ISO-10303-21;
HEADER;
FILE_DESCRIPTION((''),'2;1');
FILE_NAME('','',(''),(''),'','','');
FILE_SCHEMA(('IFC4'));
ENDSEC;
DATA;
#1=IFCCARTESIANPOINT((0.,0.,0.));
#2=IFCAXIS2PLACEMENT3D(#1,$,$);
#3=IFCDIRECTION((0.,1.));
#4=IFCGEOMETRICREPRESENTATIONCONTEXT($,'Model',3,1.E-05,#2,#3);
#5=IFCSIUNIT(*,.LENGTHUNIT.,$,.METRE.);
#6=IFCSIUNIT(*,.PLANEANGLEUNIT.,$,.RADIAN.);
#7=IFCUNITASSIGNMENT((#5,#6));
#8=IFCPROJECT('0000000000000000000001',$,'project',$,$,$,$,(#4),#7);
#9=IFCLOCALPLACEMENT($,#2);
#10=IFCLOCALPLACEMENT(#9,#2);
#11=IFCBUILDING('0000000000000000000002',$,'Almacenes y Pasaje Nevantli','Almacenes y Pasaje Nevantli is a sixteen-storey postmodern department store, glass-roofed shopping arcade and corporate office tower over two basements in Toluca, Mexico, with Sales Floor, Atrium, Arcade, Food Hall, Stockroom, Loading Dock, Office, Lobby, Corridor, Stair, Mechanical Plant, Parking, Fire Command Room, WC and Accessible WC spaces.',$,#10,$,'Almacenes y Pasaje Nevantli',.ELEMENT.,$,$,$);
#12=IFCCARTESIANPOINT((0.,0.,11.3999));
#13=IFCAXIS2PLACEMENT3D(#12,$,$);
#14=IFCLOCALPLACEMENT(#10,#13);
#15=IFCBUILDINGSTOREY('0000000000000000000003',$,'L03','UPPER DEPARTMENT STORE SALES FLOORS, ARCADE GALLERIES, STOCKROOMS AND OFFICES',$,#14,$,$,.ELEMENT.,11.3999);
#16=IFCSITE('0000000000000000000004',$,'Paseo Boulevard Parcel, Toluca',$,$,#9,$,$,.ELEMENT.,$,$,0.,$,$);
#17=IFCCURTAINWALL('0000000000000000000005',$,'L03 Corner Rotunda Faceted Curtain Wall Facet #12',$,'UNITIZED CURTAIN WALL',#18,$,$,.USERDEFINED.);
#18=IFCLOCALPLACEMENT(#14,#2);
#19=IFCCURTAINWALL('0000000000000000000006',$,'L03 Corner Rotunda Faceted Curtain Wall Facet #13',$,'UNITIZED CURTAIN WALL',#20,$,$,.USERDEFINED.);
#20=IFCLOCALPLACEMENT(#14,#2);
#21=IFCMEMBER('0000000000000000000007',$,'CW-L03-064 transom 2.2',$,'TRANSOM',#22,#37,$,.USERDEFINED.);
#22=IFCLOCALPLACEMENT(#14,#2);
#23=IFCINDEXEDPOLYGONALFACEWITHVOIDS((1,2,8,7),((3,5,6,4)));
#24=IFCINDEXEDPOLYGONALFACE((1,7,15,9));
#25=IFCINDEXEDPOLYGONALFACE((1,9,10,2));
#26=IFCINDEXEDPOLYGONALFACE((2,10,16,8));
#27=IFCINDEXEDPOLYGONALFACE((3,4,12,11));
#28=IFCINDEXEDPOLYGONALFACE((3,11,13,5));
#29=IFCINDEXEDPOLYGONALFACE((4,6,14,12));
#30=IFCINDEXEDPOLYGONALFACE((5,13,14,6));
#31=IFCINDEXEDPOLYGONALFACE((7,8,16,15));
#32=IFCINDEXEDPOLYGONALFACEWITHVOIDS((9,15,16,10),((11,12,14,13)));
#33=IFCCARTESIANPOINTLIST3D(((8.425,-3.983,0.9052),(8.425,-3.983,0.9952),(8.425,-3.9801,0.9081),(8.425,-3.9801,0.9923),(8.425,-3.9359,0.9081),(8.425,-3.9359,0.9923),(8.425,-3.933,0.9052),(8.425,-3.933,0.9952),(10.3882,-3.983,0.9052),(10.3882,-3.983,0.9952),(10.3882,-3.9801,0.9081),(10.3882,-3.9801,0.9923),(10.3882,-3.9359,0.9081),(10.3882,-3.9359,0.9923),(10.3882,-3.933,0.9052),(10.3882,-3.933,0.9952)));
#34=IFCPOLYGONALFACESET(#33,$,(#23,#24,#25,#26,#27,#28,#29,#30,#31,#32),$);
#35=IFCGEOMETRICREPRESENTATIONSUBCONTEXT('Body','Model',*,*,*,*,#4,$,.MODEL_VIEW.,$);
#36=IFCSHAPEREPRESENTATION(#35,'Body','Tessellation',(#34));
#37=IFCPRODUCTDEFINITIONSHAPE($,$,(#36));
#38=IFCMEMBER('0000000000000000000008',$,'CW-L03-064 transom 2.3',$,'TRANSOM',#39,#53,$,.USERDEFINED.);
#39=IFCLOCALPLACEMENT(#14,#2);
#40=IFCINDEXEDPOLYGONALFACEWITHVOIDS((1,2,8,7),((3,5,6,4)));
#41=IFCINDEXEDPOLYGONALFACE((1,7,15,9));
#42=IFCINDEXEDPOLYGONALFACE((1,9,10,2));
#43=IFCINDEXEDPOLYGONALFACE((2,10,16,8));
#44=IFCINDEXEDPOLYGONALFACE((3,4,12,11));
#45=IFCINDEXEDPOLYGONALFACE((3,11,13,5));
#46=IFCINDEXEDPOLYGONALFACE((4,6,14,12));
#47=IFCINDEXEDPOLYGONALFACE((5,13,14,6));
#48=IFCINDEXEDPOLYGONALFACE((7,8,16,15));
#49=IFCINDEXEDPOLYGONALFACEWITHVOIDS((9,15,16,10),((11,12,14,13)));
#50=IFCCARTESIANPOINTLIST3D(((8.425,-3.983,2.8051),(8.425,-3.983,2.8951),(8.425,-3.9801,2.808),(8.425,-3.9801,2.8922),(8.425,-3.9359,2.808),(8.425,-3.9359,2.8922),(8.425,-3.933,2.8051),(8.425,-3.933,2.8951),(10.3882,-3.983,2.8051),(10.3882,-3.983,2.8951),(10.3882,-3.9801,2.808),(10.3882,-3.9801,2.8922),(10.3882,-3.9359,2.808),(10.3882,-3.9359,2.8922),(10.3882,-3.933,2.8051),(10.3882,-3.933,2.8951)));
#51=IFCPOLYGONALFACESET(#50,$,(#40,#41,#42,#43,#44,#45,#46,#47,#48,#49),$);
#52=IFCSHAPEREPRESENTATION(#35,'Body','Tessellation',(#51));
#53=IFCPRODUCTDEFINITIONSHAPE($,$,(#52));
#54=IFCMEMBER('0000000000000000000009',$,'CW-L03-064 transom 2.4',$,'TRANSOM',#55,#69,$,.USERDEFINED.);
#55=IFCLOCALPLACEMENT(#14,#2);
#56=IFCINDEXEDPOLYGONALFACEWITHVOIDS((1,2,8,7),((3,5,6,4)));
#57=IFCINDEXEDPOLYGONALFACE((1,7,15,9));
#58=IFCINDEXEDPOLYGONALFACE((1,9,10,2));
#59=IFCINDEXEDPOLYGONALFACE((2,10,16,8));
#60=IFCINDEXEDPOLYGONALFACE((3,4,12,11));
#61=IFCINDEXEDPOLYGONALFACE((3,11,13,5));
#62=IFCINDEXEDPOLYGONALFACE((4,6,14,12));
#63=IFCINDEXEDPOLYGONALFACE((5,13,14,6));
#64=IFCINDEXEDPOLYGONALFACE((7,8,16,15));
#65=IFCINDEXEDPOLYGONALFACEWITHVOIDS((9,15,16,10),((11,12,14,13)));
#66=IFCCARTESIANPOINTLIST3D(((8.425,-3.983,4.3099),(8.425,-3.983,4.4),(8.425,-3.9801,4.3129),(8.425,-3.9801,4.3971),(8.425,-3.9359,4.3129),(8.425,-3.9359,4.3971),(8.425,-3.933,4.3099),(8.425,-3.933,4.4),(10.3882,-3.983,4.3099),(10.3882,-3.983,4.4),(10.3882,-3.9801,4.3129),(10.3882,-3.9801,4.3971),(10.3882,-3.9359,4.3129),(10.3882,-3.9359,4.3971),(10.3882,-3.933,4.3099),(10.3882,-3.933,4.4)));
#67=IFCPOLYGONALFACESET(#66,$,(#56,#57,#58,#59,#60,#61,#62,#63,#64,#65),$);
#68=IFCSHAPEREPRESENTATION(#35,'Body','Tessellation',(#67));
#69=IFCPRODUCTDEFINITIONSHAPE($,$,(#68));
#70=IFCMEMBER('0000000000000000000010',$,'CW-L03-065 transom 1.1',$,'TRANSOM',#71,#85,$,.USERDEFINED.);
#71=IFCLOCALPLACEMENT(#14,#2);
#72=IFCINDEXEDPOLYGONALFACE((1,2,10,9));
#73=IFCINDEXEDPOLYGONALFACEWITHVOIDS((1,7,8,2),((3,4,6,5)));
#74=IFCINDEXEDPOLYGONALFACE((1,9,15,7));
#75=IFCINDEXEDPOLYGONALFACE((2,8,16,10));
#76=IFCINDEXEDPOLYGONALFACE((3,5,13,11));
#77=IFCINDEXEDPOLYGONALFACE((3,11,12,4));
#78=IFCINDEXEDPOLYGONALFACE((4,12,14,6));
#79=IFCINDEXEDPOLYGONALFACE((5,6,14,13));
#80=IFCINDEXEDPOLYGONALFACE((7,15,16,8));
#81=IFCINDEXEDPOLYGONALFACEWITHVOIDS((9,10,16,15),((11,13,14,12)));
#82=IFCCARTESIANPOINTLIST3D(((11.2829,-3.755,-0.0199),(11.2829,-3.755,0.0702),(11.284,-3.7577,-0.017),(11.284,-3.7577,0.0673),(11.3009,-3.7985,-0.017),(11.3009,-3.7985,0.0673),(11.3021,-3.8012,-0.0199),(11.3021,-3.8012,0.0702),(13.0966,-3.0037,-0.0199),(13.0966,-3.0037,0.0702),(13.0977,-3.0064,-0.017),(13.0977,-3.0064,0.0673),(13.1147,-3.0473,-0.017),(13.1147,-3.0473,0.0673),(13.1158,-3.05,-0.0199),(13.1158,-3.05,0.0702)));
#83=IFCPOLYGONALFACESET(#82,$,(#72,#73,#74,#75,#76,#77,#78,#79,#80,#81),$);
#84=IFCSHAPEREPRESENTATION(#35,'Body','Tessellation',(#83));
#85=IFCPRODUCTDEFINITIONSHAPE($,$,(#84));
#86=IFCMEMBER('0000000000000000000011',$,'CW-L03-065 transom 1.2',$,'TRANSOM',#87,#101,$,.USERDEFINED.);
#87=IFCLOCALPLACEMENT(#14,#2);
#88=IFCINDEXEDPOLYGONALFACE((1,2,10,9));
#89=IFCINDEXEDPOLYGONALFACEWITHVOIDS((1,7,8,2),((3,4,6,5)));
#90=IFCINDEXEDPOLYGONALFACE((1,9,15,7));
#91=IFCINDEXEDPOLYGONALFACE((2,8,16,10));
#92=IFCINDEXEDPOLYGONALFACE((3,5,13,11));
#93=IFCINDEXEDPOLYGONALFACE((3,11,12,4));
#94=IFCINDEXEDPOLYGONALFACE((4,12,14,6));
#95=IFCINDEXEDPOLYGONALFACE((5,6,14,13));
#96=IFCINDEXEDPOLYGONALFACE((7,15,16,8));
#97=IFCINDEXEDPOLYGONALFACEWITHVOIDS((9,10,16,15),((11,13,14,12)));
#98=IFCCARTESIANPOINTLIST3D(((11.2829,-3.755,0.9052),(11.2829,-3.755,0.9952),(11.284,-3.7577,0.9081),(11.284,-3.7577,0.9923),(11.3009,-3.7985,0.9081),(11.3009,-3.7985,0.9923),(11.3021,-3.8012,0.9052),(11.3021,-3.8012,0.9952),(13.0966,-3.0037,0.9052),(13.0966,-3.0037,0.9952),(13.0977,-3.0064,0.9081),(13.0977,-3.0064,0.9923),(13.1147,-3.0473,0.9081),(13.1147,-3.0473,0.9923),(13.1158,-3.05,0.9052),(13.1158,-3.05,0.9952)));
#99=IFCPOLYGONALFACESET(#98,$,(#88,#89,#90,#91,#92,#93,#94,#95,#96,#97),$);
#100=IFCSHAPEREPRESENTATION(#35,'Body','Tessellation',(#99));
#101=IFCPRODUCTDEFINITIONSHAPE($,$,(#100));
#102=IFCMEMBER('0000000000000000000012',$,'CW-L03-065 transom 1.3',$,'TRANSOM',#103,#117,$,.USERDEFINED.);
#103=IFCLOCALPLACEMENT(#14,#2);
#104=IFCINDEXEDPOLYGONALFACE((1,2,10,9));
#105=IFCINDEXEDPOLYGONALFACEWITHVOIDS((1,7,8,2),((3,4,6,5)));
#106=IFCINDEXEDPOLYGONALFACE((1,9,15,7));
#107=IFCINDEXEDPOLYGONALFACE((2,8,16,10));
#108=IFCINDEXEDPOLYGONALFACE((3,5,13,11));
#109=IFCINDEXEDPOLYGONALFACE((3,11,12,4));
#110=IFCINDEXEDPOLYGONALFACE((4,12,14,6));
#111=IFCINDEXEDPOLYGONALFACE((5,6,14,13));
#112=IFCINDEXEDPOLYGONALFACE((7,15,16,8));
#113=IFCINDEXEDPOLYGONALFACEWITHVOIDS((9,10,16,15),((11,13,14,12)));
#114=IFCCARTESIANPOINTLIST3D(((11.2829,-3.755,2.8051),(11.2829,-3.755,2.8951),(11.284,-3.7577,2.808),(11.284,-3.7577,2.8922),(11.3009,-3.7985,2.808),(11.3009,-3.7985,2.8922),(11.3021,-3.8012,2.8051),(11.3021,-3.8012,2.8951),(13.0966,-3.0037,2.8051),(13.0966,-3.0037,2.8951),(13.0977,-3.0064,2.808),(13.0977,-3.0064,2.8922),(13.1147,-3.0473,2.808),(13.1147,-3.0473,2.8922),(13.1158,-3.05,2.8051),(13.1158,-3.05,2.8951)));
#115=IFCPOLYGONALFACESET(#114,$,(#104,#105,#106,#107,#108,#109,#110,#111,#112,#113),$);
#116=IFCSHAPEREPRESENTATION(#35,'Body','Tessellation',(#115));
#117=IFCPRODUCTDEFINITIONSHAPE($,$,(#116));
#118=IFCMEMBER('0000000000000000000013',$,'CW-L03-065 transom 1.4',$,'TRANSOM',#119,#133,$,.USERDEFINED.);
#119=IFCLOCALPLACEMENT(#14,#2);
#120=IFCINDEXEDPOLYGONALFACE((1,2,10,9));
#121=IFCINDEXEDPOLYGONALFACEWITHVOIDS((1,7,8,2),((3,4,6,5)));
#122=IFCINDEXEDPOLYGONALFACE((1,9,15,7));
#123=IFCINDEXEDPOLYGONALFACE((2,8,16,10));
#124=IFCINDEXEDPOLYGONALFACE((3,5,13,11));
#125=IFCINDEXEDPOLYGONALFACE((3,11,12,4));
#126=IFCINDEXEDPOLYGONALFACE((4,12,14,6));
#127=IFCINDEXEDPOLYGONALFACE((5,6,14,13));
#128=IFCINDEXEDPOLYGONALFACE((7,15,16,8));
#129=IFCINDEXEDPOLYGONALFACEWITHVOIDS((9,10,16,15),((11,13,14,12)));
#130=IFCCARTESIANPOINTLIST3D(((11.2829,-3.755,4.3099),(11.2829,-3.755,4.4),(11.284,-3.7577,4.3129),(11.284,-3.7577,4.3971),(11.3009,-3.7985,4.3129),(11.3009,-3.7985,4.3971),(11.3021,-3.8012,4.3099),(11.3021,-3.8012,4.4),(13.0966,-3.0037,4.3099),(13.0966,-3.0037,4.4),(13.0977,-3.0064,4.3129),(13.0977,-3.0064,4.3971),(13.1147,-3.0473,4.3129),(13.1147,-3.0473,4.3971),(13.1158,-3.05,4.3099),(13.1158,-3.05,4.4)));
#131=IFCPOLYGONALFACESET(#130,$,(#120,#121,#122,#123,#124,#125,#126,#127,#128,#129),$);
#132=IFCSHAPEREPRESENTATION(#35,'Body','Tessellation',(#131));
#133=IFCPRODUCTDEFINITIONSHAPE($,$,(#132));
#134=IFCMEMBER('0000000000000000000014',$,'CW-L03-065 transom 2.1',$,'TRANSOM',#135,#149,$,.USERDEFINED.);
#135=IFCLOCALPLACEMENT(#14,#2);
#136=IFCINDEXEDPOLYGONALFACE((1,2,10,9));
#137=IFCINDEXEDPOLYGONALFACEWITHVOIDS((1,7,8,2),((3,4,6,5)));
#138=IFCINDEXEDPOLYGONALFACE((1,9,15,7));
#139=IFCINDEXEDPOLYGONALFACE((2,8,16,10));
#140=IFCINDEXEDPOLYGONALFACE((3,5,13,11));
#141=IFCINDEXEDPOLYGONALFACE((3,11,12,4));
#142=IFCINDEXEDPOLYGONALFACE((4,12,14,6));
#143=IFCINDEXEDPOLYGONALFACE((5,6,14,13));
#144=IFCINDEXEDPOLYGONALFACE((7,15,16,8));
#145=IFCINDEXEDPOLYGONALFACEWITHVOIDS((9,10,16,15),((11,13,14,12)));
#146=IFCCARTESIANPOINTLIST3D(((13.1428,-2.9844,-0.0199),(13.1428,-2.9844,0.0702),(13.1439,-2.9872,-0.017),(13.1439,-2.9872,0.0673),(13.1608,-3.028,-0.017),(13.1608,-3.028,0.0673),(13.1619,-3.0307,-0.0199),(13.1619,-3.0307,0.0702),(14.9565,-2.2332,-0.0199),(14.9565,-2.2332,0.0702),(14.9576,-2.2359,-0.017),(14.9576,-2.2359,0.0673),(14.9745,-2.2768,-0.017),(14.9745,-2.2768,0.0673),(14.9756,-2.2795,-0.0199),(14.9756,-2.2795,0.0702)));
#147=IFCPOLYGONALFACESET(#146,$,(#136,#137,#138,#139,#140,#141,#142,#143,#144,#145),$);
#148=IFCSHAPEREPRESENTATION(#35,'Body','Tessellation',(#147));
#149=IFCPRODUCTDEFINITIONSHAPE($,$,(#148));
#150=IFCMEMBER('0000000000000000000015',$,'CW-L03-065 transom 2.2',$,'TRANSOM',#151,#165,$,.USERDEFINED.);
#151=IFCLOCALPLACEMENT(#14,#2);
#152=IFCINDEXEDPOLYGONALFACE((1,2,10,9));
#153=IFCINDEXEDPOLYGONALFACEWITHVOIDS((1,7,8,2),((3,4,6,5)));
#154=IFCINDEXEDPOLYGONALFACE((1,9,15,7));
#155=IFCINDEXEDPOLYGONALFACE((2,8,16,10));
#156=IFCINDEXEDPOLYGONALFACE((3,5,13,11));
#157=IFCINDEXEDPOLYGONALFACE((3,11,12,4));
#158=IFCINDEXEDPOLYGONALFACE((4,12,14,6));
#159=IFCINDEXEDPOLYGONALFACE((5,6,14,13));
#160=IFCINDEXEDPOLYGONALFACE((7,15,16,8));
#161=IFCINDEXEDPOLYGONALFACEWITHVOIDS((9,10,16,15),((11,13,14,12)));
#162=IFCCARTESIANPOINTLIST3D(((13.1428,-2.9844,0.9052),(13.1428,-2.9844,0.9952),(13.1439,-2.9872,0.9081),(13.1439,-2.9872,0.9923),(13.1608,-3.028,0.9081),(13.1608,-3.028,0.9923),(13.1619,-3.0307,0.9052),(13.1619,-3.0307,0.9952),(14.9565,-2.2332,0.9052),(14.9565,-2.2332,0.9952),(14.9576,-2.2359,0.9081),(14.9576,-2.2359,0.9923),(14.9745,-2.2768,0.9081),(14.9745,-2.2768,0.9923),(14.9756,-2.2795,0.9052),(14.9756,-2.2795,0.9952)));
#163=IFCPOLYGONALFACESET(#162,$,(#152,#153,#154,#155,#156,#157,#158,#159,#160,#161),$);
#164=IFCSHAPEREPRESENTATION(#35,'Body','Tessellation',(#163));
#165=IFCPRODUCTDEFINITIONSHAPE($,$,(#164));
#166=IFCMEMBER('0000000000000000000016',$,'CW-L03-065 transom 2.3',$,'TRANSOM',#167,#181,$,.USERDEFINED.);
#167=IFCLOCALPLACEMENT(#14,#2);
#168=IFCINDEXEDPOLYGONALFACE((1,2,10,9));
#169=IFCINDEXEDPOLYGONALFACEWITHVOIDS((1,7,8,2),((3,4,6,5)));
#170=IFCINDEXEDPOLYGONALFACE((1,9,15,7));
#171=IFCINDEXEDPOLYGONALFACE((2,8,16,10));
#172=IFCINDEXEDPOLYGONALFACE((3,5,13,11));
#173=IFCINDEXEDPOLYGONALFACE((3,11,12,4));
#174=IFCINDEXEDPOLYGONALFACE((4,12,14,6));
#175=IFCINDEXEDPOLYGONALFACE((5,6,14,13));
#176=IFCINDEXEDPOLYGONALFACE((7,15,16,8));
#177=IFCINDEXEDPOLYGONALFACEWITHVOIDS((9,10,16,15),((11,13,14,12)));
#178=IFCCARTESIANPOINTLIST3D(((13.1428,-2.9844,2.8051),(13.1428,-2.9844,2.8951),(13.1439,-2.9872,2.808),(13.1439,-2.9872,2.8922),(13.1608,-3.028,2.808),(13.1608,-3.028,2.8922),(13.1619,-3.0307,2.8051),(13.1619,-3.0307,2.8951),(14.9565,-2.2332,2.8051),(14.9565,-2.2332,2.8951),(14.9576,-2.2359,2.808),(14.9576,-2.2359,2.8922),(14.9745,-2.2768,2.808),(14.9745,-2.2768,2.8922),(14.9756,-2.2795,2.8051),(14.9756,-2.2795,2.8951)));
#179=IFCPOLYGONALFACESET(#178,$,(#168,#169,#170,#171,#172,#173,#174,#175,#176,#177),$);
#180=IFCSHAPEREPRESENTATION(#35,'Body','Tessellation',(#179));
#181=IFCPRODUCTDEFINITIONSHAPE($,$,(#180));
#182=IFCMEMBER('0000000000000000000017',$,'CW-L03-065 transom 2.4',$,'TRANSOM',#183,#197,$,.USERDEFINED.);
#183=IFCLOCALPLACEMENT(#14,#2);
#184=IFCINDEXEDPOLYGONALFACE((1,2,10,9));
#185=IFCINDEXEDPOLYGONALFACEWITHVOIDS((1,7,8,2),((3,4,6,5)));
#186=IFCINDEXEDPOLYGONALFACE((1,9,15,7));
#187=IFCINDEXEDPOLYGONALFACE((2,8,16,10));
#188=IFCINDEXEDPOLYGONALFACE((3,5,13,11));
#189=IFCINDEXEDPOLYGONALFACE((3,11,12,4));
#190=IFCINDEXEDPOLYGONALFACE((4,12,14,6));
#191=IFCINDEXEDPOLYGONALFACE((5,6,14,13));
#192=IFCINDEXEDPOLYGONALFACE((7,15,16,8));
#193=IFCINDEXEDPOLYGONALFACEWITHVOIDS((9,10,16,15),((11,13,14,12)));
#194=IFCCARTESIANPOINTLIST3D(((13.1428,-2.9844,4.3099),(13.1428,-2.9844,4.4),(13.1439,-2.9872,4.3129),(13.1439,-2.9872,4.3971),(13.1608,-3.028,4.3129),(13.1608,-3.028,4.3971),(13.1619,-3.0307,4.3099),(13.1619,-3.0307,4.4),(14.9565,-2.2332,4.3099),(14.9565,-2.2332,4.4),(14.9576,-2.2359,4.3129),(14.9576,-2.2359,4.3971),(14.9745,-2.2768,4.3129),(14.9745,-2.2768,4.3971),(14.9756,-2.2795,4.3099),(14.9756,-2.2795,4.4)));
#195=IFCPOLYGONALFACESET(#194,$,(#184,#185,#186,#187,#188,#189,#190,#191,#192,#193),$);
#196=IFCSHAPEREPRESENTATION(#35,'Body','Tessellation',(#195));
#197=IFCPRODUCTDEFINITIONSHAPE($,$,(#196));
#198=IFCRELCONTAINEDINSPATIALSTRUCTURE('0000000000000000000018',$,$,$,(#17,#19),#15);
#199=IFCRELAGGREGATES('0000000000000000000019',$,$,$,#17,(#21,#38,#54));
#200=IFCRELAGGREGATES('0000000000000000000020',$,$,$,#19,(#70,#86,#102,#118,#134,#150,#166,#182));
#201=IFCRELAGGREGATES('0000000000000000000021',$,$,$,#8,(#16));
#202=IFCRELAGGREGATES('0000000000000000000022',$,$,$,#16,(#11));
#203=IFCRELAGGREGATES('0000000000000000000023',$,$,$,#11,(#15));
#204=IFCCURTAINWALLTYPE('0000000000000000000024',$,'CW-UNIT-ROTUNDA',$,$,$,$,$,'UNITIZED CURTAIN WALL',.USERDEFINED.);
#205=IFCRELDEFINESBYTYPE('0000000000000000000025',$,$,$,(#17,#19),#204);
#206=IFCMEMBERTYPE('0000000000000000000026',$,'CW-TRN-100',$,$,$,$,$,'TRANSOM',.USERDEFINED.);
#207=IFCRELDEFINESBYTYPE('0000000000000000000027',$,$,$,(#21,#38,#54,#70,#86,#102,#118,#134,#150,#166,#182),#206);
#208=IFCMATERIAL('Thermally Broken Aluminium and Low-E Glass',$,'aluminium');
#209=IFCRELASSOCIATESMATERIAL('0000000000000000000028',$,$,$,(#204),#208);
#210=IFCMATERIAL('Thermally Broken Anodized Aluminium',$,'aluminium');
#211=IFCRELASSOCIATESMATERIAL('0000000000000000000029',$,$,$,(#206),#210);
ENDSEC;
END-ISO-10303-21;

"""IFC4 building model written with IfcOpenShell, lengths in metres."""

from ifc_helpers import new_model, si_unit, direction, frame, origin, origin_2d, place, context, subcontext, project, spatial, hollow_rectangle, extrude, material, material_profile, profile_set, type_object, element, aggregate, save


model = new_model("IFC4")

# Units and contexts
model_context = context("Model", 3, precision=1e-05, world=origin(), true_north=direction((0.0, 1.0)))
body_context = subcontext(model_context, "Body", "Model", "MODEL_VIEW")
ifc_project = project(units=[si_unit("LENGTHUNIT", "METRE"), si_unit("PLANEANGLEUNIT", "RADIAN")], contexts=[model_context])

# Site, building, storey
site_placement = place(None, origin())
site = spatial("IfcSite", under=ifc_project, at=site_placement, Name="Paseo Boulevard Parcel, Toluca", CompositionType="ELEMENT", RefElevation=0.0)
building_placement = place(site_placement, origin())
building = spatial("IfcBuilding", under=site, at=building_placement, Name="Almacenes y Pasaje Nevantli", Description="Almacenes y Pasaje Nevantli is a sixteen-storey postmodern department store, glass-roofed shopping arcade and corporate office tower over two basements in Toluca, Mexico, with Sales Floor, Atrium, Arcade, Food Hall, Stockroom, Loading Dock, Office, Lobby, Corridor, Stair, Mechanical Plant, Parking, Fire Command Room, WC and Accessible WC spaces.", LongName="Almacenes y Pasaje Nevantli", CompositionType="ELEMENT")
storey_placement = place(building_placement, frame((0.0, 0.0, 11.3999)))
storey = spatial("IfcBuildingStorey", under=building, at=storey_placement, Name="L03", Description="UPPER DEPARTMENT STORE SALES FLOORS, ARCADE GALLERIES, STOCKROOMS AND OFFICES", CompositionType="ELEMENT", Elevation=11.3999)

# Curtain wall
ifc_material_1 = material(Name="Thermally Broken Aluminium and Low-E Glass", Category="aluminium")
curtain_wall_type = type_object("IfcCurtainWallType", Name="CW-UNIT-ROTUNDA", ElementType="UNITIZED CURTAIN WALL", PredefinedType="USERDEFINED", material=ifc_material_1)
curtain_wall_1_placement = place(storey_placement, origin())
curtain_wall_1 = element("IfcCurtainWall", 1, at=curtain_wall_1_placement, inside=storey, type_object=curtain_wall_type, Name="L03 Corner Rotunda Faceted Curtain Wall Facet #12", ObjectType="UNITIZED CURTAIN WALL", PredefinedType="USERDEFINED")

# Curtain wall
curtain_wall_2_placement = place(storey_placement, origin())
curtain_wall_2 = element("IfcCurtainWall", 2, at=curtain_wall_2_placement, inside=storey, type_object=curtain_wall_type, Name="L03 Corner Rotunda Faceted Curtain Wall Facet #13", ObjectType="UNITIZED CURTAIN WALL", PredefinedType="USERDEFINED")

# Members
ifc_material_2 = material(Name="Thermally Broken Anodized Aluminium", Category="aluminium")
ifc_material_profile_1 = material_profile(ifc_material_2, hollow_rectangle(XDim=0.05, YDim=0.0901, WallThickness=0.0029, at=origin_2d()), Name="ALU-TRN-50x90")
ifc_profile_set_1 = profile_set([ifc_material_profile_1], Name="Thermally Broken Anodized Aluminium")
member_type_1 = type_object("IfcMemberType", Name="CW-TRN-100", ElementType="TRANSOM", PredefinedType="USERDEFINED", material=ifc_profile_set_1)
member_1_placement = place(storey_placement, frame((8.425, -3.958, 0.9502), z_axis=(1.0, 0.0, 0.0), x_axis=(0.0, 1.0, 0.0)))
member_1 = element("IfcMember", 3, at=member_1_placement, type_object=member_type_1, Name="CW-L03-064 transom 2.2", ObjectType="TRANSOM", PredefinedType="USERDEFINED", context=body_context, shape_type="SweptSolid", body=[
    extrude(hollow_rectangle(XDim=0.05, YDim=0.0901, WallThickness=0.0029, at=origin_2d()), origin(), (0.0, 0.0, 1.0), 1.9631),
])
member_2_placement = place(storey_placement, frame((8.425, -3.958, 2.8501), z_axis=(1.0, 0.0, 0.0), x_axis=(0.0, 1.0, 0.0)))
member_2 = element("IfcMember", 4, at=member_2_placement, type_object=member_type_1, Name="CW-L03-064 transom 2.3", ObjectType="TRANSOM", PredefinedType="USERDEFINED", context=body_context, shape_type="SweptSolid", body=[
    extrude(hollow_rectangle(XDim=0.05, YDim=0.0901, WallThickness=0.0029, at=origin_2d()), origin(), (0.0, 0.0, 1.0), 1.9631),
])
member_3_placement = place(storey_placement, frame((8.425, -3.958, 4.355), z_axis=(1.0, 0.0, 0.0), x_axis=(0.0, 1.0, 0.0)))
member_3 = element("IfcMember", 5, at=member_3_placement, type_object=member_type_1, Name="CW-L03-064 transom 2.4", ObjectType="TRANSOM", PredefinedType="USERDEFINED", context=body_context, shape_type="SweptSolid", body=[
    extrude(hollow_rectangle(XDim=0.05, YDim=0.0901, WallThickness=0.0029, at=origin_2d()), origin(), (0.0, 0.0, 1.0), 1.9631),
])
member_4_placement = place(storey_placement, frame((11.2925, -3.7781, 0.0251), z_axis=(0.923888, 0.382663, 0.0), x_axis=(-0.382663, 0.923888, 0.0)))
member_4 = element("IfcMember", 6, at=member_4_placement, type_object=member_type_1, Name="CW-L03-065 transom 1.1", ObjectType="TRANSOM", PredefinedType="USERDEFINED", context=body_context, shape_type="SweptSolid", body=[
    extrude(hollow_rectangle(XDim=0.05, YDim=0.0901, WallThickness=0.0029, at=origin_2d()), origin(), (0.0, 0.0, 1.0), 1.9631),
])
member_5_placement = place(storey_placement, frame((11.2925, -3.7781, 0.9502), z_axis=(0.923888, 0.382663, 0.0), x_axis=(-0.382663, 0.923888, 0.0)))
member_5 = element("IfcMember", 7, at=member_5_placement, type_object=member_type_1, Name="CW-L03-065 transom 1.2", ObjectType="TRANSOM", PredefinedType="USERDEFINED", context=body_context, shape_type="SweptSolid", body=[
    extrude(hollow_rectangle(XDim=0.05, YDim=0.0901, WallThickness=0.0029, at=origin_2d()), origin(), (0.0, 0.0, 1.0), 1.9631),
])
member_6_placement = place(storey_placement, frame((11.2925, -3.7781, 2.8501), z_axis=(0.923888, 0.382663, 0.0), x_axis=(-0.382663, 0.923888, 0.0)))
member_6 = element("IfcMember", 8, at=member_6_placement, type_object=member_type_1, Name="CW-L03-065 transom 1.3", ObjectType="TRANSOM", PredefinedType="USERDEFINED", context=body_context, shape_type="SweptSolid", body=[
    extrude(hollow_rectangle(XDim=0.05, YDim=0.0901, WallThickness=0.0029, at=origin_2d()), origin(), (0.0, 0.0, 1.0), 1.9631),
])
member_7_placement = place(storey_placement, frame((11.2925, -3.7781, 4.355), z_axis=(0.923888, 0.382663, 0.0), x_axis=(-0.382663, 0.923888, 0.0)))
member_7 = element("IfcMember", 9, at=member_7_placement, type_object=member_type_1, Name="CW-L03-065 transom 1.4", ObjectType="TRANSOM", PredefinedType="USERDEFINED", context=body_context, shape_type="SweptSolid", body=[
    extrude(hollow_rectangle(XDim=0.05, YDim=0.0901, WallThickness=0.0029, at=origin_2d()), origin(), (0.0, 0.0, 1.0), 1.9631),
])
member_8_placement = place(storey_placement, frame((13.1523, -3.0076, 0.0251), z_axis=(0.923888, 0.382663, 0.0), x_axis=(-0.382663, 0.923888, 0.0)))
member_8 = element("IfcMember", 10, at=member_8_placement, type_object=member_type_1, Name="CW-L03-065 transom 2.1", ObjectType="TRANSOM", PredefinedType="USERDEFINED", context=body_context, shape_type="SweptSolid", body=[
    extrude(hollow_rectangle(XDim=0.05, YDim=0.0901, WallThickness=0.0029, at=origin_2d()), origin(), (0.0, 0.0, 1.0), 1.9631),
])
member_9_placement = place(storey_placement, frame((13.1523, -3.0076, 0.9502), z_axis=(0.923888, 0.382663, 0.0), x_axis=(-0.382663, 0.923888, 0.0)))
member_9 = element("IfcMember", 11, at=member_9_placement, type_object=member_type_1, Name="CW-L03-065 transom 2.2", ObjectType="TRANSOM", PredefinedType="USERDEFINED", context=body_context, shape_type="SweptSolid", body=[
    extrude(hollow_rectangle(XDim=0.05, YDim=0.0901, WallThickness=0.0029, at=origin_2d()), origin(), (0.0, 0.0, 1.0), 1.9631),
])
member_10_placement = place(storey_placement, frame((13.1523, -3.0076, 2.8501), z_axis=(0.923888, 0.382663, 0.0), x_axis=(-0.382663, 0.923888, 0.0)))
member_10 = element("IfcMember", 12, at=member_10_placement, type_object=member_type_1, Name="CW-L03-065 transom 2.3", ObjectType="TRANSOM", PredefinedType="USERDEFINED", context=body_context, shape_type="SweptSolid", body=[
    extrude(hollow_rectangle(XDim=0.05, YDim=0.0901, WallThickness=0.0029, at=origin_2d()), origin(), (0.0, 0.0, 1.0), 1.9631),
])
member_11_placement = place(storey_placement, frame((13.1523, -3.0076, 4.355), z_axis=(0.923888, 0.382663, 0.0), x_axis=(-0.382663, 0.923888, 0.0)))
member_11 = element("IfcMember", 13, at=member_11_placement, type_object=member_type_1, Name="CW-L03-065 transom 2.4", ObjectType="TRANSOM", PredefinedType="USERDEFINED", context=body_context, shape_type="SweptSolid", body=[
    extrude(hollow_rectangle(XDim=0.05, YDim=0.0901, WallThickness=0.0029, at=origin_2d()), origin(), (0.0, 0.0, 1.0), 1.9631),
])

aggregate(curtain_wall_1, [member_1, member_2, member_3])
aggregate(curtain_wall_2, [member_4, member_5, member_6, member_7, member_8, member_9, member_10, member_11])

save(model, "model.ifc")
